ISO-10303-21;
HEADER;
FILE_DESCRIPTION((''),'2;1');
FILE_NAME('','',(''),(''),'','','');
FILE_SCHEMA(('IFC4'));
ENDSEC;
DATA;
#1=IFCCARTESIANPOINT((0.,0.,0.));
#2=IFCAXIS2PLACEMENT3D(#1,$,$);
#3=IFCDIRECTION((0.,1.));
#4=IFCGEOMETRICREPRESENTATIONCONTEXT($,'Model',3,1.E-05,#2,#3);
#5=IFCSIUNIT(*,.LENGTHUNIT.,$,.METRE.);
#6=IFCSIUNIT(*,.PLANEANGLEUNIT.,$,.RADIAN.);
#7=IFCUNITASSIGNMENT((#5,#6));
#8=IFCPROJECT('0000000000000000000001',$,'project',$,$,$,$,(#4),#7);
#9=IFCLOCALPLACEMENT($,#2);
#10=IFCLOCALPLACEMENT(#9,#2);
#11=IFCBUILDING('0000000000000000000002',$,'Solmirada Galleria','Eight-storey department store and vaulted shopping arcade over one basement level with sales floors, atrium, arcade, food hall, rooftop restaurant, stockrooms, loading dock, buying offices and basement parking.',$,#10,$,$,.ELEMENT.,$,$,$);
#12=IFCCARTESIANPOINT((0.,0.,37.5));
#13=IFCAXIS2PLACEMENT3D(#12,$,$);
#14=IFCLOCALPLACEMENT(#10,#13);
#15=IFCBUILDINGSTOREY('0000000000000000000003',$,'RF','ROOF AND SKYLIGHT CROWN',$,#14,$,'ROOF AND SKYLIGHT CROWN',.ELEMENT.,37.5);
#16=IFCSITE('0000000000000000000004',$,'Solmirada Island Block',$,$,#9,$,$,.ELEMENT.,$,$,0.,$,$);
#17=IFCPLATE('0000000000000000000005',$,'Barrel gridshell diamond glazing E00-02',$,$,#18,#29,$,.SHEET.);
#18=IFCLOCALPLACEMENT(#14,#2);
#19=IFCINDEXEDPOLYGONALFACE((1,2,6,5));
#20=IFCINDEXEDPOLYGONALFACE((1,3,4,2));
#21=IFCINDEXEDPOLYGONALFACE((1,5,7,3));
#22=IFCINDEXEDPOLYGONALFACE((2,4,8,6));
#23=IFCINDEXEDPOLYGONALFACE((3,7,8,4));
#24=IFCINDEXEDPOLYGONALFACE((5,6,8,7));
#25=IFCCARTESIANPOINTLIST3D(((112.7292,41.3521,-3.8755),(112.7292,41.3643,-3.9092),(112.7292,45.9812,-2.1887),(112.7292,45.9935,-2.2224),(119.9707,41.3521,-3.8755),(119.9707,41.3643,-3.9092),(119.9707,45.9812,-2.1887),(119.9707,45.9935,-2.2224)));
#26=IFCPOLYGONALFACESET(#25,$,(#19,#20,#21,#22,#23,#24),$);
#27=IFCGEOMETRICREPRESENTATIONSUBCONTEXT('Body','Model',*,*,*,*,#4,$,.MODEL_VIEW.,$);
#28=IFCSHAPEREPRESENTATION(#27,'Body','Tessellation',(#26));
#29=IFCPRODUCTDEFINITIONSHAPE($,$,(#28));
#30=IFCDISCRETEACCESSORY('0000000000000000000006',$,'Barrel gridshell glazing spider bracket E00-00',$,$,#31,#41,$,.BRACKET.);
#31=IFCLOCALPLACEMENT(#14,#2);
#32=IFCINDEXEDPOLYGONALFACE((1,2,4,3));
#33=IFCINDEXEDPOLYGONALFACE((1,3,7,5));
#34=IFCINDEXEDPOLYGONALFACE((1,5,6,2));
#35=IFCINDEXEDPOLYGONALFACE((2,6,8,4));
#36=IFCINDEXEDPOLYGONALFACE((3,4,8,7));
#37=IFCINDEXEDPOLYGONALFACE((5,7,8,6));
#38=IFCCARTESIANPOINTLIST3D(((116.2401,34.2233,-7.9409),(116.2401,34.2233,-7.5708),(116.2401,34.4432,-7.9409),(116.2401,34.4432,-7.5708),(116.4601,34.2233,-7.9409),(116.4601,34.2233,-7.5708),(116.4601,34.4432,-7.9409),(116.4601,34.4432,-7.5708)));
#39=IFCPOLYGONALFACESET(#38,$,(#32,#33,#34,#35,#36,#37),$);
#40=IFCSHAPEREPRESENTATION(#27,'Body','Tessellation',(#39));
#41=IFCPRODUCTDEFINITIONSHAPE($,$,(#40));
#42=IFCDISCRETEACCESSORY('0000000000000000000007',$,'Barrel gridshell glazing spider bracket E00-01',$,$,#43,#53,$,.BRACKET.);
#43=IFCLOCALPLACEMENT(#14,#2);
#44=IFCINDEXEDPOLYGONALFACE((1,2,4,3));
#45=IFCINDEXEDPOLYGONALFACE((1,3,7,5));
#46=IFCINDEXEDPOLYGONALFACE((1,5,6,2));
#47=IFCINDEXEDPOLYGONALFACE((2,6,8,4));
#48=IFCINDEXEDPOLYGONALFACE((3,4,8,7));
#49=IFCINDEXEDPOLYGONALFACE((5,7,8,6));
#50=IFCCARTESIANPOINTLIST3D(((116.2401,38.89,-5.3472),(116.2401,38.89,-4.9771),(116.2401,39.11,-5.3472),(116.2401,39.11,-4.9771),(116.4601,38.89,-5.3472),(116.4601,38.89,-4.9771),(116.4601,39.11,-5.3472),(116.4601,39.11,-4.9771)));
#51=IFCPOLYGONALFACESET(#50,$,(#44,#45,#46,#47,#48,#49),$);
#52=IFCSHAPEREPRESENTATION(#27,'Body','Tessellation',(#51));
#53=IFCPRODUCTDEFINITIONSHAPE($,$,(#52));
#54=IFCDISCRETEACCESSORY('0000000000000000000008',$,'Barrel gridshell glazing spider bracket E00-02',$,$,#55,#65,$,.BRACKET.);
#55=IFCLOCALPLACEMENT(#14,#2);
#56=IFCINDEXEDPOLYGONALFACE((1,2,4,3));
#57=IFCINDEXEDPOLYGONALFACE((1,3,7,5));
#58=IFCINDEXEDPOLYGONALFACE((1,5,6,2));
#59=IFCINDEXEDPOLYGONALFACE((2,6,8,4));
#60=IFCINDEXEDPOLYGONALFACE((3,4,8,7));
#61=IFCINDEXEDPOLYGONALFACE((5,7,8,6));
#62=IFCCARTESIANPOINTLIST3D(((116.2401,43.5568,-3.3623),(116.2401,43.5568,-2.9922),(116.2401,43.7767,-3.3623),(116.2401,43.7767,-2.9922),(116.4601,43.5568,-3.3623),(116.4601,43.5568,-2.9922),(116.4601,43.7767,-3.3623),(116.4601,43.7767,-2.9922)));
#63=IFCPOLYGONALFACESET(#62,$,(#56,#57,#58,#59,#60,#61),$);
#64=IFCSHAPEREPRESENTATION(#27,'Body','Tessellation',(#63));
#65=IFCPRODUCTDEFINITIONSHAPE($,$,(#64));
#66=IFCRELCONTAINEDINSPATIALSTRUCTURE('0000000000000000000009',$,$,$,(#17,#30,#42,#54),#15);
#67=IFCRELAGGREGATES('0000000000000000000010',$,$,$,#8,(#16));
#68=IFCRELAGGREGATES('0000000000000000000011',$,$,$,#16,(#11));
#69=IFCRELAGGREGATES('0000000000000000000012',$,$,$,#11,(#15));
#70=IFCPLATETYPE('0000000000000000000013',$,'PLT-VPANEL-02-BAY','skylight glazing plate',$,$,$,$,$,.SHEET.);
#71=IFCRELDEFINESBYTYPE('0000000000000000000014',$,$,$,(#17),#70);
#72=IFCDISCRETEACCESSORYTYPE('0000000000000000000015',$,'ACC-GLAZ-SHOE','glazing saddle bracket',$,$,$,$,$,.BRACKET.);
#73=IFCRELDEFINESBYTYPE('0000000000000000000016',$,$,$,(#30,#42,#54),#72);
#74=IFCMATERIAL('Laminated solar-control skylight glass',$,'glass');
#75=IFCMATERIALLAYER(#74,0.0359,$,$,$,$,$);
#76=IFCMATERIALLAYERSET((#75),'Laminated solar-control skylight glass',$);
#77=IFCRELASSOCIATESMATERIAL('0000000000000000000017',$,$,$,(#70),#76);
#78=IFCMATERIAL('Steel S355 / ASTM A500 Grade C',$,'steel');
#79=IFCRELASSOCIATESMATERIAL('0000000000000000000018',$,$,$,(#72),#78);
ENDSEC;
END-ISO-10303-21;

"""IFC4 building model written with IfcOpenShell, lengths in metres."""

from ifc_helpers import new_model, si_unit, direction, frame, origin, origin_2d, place, context, subcontext, project, spatial, polyline, rectangle, outline, extrude, material, layer, layer_set, type_object, element, save


model = new_model("IFC4")

# Units and contexts
model_context = context("Model", 3, precision=1e-05, world=origin(), true_north=direction((0.0, 1.0)))
body_context = subcontext(model_context, "Body", "Model", "MODEL_VIEW")
ifc_project = project(units=[si_unit("LENGTHUNIT", "METRE"), si_unit("PLANEANGLEUNIT", "RADIAN")], contexts=[model_context])

# Site, building, storey
site_placement = place(None, origin())
site = spatial("IfcSite", under=ifc_project, at=site_placement, Name="Solmirada Island Block", CompositionType="ELEMENT", RefElevation=0.0)
building_placement = place(site_placement, origin())
building = spatial("IfcBuilding", under=site, at=building_placement, Name="Solmirada Galleria", Description="Eight-storey department store and vaulted shopping arcade over one basement level with sales floors, atrium, arcade, food hall, rooftop restaurant, stockrooms, loading dock, buying offices and basement parking.", CompositionType="ELEMENT")
storey_placement = place(building_placement, frame((0.0, 0.0, 37.5)))
storey = spatial("IfcBuildingStorey", under=building, at=storey_placement, Name="RF", Description="ROOF AND SKYLIGHT CROWN", LongName="ROOF AND SKYLIGHT CROWN", CompositionType="ELEMENT", Elevation=37.5)

# Shared definitions
ifc_material_1 = material(Name="Steel S355 / ASTM A500 Grade C", Category="steel")

# Plate
ifc_material_2 = material(Name="Laminated solar-control skylight glass", Category="glass")
ifc_layer_1 = layer(ifc_material_2, 0.0359)
ifc_layer_set_1 = layer_set([ifc_layer_1], Name="Laminated solar-control skylight glass")
plate_type_1 = type_object("IfcPlateType", Name="PLT-VPANEL-02-BAY", Description="skylight glazing plate", PredefinedType="SHEET", material=ifc_layer_set_1)
plate_1_placement = place(storey_placement, frame((112.7292, 41.3521, -3.8755), z_axis=(0.0, -0.34236, 0.939569), x_axis=(1.0, 0.0, 0.0)))
element("IfcPlate", 1, at=plate_1_placement, inside=storey, type_object=plate_type_1, Name="Barrel gridshell diamond glazing E00-02", PredefinedType="SHEET", context=body_context, shape_type="SweptSolid", body=[
    extrude(outline(polyline([(0.0, 0.0), (7.2415, 0.0), (7.2415, 4.9269), (0.0, 4.9269), (0.0, 0.0)])), origin(), (0.0, 0.0, -1.0), 0.0359),
])

# Discrete accessories
discrete_accessory_type = type_object("IfcDiscreteAccessoryType", Name="ACC-GLAZ-SHOE", Description="glazing saddle bracket", PredefinedType="BRACKET", material=ifc_material_1)
for number, where, z_axis, x_axis, name in (
    (2, (116.3501, 34.3333, -7.9409), (0.0, 0.0, 1.0), (1.0, 0.0, 0.0), "Barrel gridshell glazing spider bracket E00-00"),
    (3, (116.3501, 39.0, -5.3472), (0.0, 0.0, 1.0), (1.0, 0.0, 0.0), "Barrel gridshell glazing spider bracket E00-01"),
    (4, (116.3501, 43.6667, -3.3623), (0.0, 0.0, 1.0), (1.0, 0.0, 0.0), "Barrel gridshell glazing spider bracket E00-02"),
):
    element("IfcDiscreteAccessory", number, at=place(storey_placement, frame(where, z_axis=z_axis, x_axis=x_axis)), inside=storey, type_object=discrete_accessory_type, Name=name, PredefinedType="BRACKET", context=body_context, shape_type="SweptSolid", body=[
        extrude(rectangle(XDim=0.22, YDim=0.22, at=origin_2d()), origin(), (0.0, 0.0, 1.0), 0.3701),
    ])

save(model, "model.ifc")
